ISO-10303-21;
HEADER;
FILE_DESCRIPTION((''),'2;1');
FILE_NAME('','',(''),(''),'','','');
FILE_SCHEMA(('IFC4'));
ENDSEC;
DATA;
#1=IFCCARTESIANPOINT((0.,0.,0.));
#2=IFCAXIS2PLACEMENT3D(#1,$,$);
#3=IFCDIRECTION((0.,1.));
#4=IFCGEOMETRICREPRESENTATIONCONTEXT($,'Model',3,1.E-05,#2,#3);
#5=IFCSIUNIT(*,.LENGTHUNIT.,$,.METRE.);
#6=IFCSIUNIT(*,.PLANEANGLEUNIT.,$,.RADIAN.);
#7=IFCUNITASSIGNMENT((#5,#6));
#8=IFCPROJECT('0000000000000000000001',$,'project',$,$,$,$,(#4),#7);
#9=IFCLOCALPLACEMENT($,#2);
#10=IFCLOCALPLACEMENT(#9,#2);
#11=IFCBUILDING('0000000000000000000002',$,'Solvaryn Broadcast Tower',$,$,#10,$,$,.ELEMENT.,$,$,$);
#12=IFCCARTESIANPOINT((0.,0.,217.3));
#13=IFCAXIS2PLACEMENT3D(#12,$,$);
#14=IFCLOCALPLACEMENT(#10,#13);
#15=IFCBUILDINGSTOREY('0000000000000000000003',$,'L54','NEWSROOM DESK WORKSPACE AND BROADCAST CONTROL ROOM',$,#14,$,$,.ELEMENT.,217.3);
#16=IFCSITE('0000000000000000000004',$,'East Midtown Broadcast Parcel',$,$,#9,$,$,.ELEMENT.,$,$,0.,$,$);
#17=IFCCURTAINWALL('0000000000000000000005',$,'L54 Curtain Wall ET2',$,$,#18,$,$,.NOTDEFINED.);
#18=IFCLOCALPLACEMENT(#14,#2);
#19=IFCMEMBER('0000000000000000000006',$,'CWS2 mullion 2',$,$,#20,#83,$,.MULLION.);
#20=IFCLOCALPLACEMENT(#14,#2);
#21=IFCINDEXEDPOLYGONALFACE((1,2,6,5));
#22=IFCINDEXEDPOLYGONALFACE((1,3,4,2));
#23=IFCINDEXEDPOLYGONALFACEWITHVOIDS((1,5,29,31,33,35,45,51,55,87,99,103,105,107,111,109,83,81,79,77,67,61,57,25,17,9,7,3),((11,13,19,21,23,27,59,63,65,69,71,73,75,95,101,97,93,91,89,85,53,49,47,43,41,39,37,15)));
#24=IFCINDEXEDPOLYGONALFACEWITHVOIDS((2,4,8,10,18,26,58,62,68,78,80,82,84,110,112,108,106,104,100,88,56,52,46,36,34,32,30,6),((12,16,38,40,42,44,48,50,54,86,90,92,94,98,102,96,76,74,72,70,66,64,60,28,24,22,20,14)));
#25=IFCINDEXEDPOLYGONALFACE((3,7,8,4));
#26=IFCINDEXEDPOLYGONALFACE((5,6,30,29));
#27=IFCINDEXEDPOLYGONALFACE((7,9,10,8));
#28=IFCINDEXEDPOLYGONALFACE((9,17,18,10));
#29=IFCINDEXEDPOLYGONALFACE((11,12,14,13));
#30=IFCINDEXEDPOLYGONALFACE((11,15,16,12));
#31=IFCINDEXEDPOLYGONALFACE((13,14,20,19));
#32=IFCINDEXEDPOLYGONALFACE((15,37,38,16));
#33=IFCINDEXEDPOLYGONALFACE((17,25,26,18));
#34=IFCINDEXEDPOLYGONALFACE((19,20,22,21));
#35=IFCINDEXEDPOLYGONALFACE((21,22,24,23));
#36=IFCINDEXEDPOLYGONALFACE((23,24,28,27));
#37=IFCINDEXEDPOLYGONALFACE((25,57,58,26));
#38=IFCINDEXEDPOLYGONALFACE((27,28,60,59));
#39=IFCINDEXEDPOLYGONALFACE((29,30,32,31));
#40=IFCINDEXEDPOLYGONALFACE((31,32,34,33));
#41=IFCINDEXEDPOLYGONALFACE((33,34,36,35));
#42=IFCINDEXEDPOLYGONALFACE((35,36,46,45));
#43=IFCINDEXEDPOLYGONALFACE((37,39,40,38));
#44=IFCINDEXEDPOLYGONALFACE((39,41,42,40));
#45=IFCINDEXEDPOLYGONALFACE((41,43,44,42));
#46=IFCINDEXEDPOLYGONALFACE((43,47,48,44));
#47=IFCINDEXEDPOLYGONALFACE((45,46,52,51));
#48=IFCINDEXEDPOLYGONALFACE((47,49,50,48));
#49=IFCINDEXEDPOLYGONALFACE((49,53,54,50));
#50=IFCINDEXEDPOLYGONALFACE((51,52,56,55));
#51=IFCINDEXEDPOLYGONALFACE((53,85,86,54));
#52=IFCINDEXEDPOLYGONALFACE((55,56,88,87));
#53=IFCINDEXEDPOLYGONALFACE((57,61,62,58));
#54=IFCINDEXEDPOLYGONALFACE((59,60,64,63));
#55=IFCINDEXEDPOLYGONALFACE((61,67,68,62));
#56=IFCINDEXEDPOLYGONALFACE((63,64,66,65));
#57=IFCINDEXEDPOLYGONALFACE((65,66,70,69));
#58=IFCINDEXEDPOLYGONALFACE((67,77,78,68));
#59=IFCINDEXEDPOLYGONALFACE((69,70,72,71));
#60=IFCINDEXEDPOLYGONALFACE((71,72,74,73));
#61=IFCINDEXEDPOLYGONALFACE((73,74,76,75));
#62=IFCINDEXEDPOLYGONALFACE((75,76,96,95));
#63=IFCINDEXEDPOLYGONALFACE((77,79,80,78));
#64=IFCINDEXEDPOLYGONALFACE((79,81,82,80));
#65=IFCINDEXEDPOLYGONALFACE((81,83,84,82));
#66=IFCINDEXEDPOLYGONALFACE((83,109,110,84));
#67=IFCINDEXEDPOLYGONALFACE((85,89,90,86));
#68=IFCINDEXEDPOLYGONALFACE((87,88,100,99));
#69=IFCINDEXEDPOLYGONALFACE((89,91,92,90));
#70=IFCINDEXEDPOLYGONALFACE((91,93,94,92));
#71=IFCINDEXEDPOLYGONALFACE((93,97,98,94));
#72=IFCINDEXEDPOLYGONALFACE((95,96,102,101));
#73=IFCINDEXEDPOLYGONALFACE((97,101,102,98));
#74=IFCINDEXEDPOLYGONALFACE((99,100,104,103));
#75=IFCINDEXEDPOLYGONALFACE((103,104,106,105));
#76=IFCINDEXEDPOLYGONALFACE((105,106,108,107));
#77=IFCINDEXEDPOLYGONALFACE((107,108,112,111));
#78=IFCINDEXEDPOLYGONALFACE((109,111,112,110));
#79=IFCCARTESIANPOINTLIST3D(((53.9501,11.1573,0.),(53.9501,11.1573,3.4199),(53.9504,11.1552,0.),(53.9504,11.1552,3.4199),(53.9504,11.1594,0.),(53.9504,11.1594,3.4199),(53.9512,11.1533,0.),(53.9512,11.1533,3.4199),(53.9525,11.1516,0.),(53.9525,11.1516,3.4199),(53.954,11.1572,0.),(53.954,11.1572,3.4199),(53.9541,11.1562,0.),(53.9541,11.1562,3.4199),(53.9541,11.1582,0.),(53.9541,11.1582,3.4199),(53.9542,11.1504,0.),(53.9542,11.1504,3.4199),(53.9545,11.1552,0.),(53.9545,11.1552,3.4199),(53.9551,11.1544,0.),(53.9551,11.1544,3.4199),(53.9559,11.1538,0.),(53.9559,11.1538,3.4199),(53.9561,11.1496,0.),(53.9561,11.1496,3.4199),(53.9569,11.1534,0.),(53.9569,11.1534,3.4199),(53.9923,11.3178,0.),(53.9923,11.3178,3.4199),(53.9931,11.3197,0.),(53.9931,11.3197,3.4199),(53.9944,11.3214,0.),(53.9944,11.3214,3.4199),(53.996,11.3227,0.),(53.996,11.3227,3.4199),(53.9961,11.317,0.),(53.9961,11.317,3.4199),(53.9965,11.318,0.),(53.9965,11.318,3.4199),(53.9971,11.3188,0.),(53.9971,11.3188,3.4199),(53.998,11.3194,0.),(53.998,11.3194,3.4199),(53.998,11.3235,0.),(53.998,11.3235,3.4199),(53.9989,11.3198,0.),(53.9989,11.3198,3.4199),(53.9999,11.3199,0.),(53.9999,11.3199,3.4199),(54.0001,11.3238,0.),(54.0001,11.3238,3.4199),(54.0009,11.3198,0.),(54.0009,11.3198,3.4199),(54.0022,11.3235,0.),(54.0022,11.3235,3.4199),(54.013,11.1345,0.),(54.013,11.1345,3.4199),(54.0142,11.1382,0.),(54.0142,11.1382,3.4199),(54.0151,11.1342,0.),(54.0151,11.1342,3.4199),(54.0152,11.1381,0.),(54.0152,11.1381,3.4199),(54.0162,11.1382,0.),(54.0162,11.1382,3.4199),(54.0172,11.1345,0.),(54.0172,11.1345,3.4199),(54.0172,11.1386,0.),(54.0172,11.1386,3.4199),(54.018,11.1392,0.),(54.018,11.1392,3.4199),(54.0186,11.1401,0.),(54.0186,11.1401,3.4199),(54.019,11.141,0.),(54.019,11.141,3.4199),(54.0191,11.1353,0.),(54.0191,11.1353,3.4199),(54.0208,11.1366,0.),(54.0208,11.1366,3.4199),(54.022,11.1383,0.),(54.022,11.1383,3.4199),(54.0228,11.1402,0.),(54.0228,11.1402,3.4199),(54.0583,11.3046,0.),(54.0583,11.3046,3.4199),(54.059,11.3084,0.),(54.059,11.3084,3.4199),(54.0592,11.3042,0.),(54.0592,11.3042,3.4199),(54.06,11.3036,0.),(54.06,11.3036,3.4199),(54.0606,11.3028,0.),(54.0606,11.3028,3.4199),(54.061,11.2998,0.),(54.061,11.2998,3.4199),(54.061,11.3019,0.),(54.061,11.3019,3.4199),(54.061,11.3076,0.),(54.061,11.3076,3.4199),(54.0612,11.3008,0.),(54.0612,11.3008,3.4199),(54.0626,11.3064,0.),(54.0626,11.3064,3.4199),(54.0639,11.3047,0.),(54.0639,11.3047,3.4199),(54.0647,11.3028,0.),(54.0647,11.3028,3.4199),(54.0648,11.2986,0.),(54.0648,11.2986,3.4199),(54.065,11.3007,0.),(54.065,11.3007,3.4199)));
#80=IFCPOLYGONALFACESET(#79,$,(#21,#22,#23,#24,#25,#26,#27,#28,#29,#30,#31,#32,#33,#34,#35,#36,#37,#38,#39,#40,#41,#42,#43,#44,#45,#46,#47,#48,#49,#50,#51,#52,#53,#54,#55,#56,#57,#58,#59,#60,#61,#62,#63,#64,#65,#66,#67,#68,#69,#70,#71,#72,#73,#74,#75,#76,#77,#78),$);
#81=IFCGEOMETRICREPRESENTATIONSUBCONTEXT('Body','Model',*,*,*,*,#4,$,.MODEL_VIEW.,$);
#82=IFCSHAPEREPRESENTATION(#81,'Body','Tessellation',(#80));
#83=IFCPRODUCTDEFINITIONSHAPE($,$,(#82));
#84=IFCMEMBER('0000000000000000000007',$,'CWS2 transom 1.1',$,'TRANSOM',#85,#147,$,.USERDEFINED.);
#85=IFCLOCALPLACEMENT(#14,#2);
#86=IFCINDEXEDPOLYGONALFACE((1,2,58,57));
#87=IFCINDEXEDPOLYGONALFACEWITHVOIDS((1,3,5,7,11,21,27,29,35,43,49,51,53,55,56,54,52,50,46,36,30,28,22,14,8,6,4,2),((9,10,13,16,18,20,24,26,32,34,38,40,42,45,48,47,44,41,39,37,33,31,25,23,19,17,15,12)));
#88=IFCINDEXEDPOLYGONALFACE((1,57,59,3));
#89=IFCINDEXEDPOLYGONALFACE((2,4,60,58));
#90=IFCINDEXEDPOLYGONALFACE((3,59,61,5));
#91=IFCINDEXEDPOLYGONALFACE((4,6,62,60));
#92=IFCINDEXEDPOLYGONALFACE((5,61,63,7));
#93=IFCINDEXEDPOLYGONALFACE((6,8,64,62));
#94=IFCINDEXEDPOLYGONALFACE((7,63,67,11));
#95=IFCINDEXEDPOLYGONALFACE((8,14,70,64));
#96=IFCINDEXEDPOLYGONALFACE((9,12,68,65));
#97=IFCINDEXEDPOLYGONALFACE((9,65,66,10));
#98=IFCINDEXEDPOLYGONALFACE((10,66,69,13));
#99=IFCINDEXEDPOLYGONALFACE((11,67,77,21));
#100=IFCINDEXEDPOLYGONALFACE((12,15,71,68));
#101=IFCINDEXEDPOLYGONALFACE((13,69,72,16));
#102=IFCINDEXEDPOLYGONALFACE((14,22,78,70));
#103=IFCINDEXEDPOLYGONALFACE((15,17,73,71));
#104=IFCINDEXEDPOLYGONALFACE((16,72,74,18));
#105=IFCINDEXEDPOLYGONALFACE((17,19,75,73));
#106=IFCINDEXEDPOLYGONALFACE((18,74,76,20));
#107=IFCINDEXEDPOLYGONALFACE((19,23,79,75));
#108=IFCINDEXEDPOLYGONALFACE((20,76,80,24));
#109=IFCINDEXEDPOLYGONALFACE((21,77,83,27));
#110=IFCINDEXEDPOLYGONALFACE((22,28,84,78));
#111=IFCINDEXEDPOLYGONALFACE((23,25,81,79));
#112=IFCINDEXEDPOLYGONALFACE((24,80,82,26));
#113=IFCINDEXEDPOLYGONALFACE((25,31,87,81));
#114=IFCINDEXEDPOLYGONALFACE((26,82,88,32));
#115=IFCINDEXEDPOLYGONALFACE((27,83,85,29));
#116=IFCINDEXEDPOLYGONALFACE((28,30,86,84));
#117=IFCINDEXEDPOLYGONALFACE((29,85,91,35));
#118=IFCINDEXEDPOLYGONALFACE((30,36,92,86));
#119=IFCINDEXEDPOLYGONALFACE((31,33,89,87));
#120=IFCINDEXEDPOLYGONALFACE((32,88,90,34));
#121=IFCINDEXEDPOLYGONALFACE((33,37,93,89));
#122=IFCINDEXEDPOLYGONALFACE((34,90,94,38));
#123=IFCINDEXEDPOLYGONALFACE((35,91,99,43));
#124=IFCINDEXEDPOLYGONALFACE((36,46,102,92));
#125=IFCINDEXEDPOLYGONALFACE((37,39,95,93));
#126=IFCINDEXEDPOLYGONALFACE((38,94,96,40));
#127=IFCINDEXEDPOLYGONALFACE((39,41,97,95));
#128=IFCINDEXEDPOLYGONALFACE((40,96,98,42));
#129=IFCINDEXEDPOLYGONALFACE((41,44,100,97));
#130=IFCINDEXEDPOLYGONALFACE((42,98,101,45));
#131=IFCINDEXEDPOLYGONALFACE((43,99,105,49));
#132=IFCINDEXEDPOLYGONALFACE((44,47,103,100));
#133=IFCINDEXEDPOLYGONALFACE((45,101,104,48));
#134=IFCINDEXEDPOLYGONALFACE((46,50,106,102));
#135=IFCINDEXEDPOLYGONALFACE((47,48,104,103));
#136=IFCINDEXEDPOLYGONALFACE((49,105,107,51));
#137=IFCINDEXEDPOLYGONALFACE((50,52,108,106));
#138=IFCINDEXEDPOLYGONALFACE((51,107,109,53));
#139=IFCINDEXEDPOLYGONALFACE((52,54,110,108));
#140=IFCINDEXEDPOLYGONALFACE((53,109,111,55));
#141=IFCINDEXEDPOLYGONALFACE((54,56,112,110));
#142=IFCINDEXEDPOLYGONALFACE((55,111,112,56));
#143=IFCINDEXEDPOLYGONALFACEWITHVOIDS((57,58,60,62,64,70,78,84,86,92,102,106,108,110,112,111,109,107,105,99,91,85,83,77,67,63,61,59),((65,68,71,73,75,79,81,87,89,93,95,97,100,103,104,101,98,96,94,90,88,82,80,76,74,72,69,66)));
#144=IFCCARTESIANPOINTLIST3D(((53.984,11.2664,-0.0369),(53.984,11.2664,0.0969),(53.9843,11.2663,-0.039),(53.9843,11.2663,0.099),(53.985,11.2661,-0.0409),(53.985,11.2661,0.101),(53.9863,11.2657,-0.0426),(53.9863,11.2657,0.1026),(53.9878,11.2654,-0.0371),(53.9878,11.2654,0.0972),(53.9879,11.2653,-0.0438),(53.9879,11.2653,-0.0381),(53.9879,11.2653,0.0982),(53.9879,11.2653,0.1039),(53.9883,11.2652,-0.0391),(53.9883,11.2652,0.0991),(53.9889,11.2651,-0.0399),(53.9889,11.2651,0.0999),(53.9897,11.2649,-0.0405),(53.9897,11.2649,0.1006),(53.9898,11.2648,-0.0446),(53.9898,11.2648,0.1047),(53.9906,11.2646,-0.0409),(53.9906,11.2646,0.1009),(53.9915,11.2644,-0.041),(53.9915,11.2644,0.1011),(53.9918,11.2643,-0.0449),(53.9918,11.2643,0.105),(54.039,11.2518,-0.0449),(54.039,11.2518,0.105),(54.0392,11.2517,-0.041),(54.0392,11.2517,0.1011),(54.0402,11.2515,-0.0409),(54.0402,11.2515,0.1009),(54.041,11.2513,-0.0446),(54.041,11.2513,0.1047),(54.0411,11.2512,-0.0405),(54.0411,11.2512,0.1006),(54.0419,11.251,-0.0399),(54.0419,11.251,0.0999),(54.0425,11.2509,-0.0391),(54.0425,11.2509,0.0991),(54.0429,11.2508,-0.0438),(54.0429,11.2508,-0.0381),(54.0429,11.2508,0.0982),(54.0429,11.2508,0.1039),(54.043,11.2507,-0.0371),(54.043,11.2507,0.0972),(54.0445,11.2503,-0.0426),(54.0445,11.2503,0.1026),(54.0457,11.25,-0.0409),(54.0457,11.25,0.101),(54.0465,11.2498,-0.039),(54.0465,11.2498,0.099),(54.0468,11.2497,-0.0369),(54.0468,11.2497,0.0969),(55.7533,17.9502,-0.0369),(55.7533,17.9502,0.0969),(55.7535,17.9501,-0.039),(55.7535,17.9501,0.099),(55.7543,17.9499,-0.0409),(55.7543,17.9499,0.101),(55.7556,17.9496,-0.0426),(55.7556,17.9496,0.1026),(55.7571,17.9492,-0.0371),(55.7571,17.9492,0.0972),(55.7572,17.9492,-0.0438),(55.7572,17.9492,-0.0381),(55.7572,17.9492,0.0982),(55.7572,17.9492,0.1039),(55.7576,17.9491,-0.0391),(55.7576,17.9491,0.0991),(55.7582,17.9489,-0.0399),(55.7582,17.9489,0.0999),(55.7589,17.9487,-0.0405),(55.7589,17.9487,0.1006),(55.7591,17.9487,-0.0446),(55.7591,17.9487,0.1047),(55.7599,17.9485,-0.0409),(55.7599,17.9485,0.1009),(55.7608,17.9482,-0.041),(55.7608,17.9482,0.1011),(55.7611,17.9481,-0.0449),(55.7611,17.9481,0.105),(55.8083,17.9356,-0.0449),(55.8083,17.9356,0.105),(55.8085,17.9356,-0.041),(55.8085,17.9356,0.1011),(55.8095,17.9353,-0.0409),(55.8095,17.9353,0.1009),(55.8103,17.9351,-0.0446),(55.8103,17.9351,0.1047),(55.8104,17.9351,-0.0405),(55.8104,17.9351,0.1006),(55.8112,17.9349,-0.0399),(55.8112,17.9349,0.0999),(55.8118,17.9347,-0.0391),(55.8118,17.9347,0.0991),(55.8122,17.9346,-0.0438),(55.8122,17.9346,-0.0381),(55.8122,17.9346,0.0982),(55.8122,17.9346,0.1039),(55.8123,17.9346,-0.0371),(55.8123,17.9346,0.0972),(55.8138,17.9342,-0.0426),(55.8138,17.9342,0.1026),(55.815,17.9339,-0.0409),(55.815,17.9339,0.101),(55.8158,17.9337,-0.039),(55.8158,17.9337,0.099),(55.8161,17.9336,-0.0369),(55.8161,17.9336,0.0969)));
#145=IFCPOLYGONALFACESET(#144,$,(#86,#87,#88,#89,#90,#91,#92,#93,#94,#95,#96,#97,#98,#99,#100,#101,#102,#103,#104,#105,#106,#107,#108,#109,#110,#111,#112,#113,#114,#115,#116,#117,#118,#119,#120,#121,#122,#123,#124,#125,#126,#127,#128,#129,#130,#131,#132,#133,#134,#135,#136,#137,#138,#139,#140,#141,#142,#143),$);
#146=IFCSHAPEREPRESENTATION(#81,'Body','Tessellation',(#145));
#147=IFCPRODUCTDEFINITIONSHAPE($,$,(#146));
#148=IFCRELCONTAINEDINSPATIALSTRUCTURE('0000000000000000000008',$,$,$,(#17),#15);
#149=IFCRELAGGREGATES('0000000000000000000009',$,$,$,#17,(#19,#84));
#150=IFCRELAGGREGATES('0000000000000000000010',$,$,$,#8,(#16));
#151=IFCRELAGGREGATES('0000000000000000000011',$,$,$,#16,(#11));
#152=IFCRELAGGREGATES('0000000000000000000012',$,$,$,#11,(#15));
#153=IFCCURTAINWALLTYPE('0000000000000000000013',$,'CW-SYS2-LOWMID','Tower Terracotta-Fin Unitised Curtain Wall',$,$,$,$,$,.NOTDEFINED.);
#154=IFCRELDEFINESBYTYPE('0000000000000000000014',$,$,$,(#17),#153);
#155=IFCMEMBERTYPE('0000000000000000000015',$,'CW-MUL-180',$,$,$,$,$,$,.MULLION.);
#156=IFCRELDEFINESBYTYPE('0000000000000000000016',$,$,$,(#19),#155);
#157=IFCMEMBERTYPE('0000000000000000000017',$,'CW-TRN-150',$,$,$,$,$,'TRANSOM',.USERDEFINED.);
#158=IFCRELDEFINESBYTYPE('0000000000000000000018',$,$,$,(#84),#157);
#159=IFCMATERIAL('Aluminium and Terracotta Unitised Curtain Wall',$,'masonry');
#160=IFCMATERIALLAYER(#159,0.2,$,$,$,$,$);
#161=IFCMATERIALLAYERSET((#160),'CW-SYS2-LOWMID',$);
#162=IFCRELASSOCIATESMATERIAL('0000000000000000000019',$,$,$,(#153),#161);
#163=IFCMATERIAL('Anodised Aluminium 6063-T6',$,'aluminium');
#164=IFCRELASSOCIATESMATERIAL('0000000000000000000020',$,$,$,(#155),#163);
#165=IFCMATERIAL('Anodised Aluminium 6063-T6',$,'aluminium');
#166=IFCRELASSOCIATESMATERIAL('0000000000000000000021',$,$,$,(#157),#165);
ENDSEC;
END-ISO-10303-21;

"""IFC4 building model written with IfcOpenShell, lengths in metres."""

from ifc_helpers import new_model, si_unit, direction, frame, origin, origin_2d, place, context, subcontext, project, spatial, hollow_rectangle, extrude, material, layer, layer_set, material_profile, profile_set, type_object, element, aggregate, save


model = new_model("IFC4")

# Units and contexts
model_context = context("Model", 3, precision=1e-05, world=origin(), true_north=direction((0.0, 1.0)))
body_context = subcontext(model_context, "Body", "Model", "MODEL_VIEW")
ifc_project = project(units=[si_unit("LENGTHUNIT", "METRE"), si_unit("PLANEANGLEUNIT", "RADIAN")], contexts=[model_context])

# Site, building, storey
site_placement = place(None, origin())
site = spatial("IfcSite", under=ifc_project, at=site_placement, Name="East Midtown Broadcast Parcel", CompositionType="ELEMENT", RefElevation=0.0)
building_placement = place(site_placement, origin())
building = spatial("IfcBuilding", under=site, at=building_placement, Name="Solvaryn Broadcast Tower", CompositionType="ELEMENT")
storey_placement = place(building_placement, frame((0.0, 0.0, 217.3)))
storey = spatial("IfcBuildingStorey", under=building, at=storey_placement, Name="L54", Description="NEWSROOM DESK WORKSPACE AND BROADCAST CONTROL ROOM", CompositionType="ELEMENT", Elevation=217.3)

# Shared definitions
ifc_material_1 = material(Name="Aluminium and Terracotta Unitised Curtain Wall", Category="masonry")
ifc_layer_1 = layer(ifc_material_1, 0.2)
ifc_layer_set_1 = layer_set([ifc_layer_1], Name="CW-SYS2-LOWMID")
curtain_wall_type = type_object("IfcCurtainWallType", Name="CW-SYS2-LOWMID", Description="Tower Terracotta-Fin Unitised Curtain Wall", PredefinedType="NOTDEFINED", material=ifc_layer_set_1)
ifc_material_2 = material(Name="Anodised Aluminium 6063-T6", Category="aluminium")
ifc_material_profile_1 = material_profile(ifc_material_2, hollow_rectangle(XDim=0.075, YDim=0.1799, WallThickness=0.0039, InnerFilletRadius=0.0039, OuterFilletRadius=0.0081, at=origin_2d()))
ifc_profile_set_1 = profile_set([ifc_material_profile_1], Name="Anodised Aluminium 6063-T6")
member_type_1 = type_object("IfcMemberType", Name="CW-MUL-180", PredefinedType="MULLION", material=ifc_profile_set_1)

# Curtain wall, members
curtain_wall_1_placement = place(storey_placement, origin())
curtain_wall_1 = element("IfcCurtainWall", 1, at=curtain_wall_1_placement, inside=storey, type_object=curtain_wall_type, Name="L54 Curtain Wall ET2", PredefinedType="NOTDEFINED")
member_1_placement = place(storey_placement, frame((54.0076, 11.229, 0.0), z_axis=(0.0, 0.0, 1.0), x_axis=(0.966705, -0.255893, 0.0)))
member_1 = element("IfcMember", 2, at=member_1_placement, type_object=member_type_1, Name="CWS2 mullion 2", PredefinedType="MULLION", context=body_context, shape_type="SweptSolid", body=[
    extrude(hollow_rectangle(XDim=0.075, YDim=0.1799, WallThickness=0.0039, InnerFilletRadius=0.0039, OuterFilletRadius=0.0081, at=origin_2d()), origin(), (0.0, 0.0, 1.0), 3.4199),
])
ifc_material_3 = material(Name="Anodised Aluminium 6063-T6", Category="aluminium")
ifc_material_profile_2 = material_profile(ifc_material_3, hollow_rectangle(XDim=0.0649, YDim=0.1499, WallThickness=0.0039, InnerFilletRadius=0.0039, OuterFilletRadius=0.0081, at=origin_2d()))
ifc_profile_set_2 = profile_set([ifc_material_profile_2], Name="Anodised Aluminium 6063-T6")
member_type_2 = type_object("IfcMemberType", Name="CW-TRN-150", ElementType="TRANSOM", PredefinedType="USERDEFINED", material=ifc_profile_set_2)
member_2_placement = place(storey_placement, frame((55.7847, 17.9419, 0.03), z_axis=(-0.255897, -0.966704, 0.0), x_axis=(0.966704, -0.255897, 0.0)))
member_2 = element("IfcMember", 3, at=member_2_placement, type_object=member_type_2, Name="CWS2 transom 1.1", ObjectType="TRANSOM", PredefinedType="USERDEFINED", context=body_context, shape_type="SweptSolid", body=[
    extrude(hollow_rectangle(XDim=0.0649, YDim=0.1499, WallThickness=0.0039, InnerFilletRadius=0.0039, OuterFilletRadius=0.0081, at=origin_2d()), origin(), (0.0, 0.0, 1.0), 6.9141),
])

aggregate(curtain_wall_1, [member_1, member_2])

save(model, "model.ifc")
